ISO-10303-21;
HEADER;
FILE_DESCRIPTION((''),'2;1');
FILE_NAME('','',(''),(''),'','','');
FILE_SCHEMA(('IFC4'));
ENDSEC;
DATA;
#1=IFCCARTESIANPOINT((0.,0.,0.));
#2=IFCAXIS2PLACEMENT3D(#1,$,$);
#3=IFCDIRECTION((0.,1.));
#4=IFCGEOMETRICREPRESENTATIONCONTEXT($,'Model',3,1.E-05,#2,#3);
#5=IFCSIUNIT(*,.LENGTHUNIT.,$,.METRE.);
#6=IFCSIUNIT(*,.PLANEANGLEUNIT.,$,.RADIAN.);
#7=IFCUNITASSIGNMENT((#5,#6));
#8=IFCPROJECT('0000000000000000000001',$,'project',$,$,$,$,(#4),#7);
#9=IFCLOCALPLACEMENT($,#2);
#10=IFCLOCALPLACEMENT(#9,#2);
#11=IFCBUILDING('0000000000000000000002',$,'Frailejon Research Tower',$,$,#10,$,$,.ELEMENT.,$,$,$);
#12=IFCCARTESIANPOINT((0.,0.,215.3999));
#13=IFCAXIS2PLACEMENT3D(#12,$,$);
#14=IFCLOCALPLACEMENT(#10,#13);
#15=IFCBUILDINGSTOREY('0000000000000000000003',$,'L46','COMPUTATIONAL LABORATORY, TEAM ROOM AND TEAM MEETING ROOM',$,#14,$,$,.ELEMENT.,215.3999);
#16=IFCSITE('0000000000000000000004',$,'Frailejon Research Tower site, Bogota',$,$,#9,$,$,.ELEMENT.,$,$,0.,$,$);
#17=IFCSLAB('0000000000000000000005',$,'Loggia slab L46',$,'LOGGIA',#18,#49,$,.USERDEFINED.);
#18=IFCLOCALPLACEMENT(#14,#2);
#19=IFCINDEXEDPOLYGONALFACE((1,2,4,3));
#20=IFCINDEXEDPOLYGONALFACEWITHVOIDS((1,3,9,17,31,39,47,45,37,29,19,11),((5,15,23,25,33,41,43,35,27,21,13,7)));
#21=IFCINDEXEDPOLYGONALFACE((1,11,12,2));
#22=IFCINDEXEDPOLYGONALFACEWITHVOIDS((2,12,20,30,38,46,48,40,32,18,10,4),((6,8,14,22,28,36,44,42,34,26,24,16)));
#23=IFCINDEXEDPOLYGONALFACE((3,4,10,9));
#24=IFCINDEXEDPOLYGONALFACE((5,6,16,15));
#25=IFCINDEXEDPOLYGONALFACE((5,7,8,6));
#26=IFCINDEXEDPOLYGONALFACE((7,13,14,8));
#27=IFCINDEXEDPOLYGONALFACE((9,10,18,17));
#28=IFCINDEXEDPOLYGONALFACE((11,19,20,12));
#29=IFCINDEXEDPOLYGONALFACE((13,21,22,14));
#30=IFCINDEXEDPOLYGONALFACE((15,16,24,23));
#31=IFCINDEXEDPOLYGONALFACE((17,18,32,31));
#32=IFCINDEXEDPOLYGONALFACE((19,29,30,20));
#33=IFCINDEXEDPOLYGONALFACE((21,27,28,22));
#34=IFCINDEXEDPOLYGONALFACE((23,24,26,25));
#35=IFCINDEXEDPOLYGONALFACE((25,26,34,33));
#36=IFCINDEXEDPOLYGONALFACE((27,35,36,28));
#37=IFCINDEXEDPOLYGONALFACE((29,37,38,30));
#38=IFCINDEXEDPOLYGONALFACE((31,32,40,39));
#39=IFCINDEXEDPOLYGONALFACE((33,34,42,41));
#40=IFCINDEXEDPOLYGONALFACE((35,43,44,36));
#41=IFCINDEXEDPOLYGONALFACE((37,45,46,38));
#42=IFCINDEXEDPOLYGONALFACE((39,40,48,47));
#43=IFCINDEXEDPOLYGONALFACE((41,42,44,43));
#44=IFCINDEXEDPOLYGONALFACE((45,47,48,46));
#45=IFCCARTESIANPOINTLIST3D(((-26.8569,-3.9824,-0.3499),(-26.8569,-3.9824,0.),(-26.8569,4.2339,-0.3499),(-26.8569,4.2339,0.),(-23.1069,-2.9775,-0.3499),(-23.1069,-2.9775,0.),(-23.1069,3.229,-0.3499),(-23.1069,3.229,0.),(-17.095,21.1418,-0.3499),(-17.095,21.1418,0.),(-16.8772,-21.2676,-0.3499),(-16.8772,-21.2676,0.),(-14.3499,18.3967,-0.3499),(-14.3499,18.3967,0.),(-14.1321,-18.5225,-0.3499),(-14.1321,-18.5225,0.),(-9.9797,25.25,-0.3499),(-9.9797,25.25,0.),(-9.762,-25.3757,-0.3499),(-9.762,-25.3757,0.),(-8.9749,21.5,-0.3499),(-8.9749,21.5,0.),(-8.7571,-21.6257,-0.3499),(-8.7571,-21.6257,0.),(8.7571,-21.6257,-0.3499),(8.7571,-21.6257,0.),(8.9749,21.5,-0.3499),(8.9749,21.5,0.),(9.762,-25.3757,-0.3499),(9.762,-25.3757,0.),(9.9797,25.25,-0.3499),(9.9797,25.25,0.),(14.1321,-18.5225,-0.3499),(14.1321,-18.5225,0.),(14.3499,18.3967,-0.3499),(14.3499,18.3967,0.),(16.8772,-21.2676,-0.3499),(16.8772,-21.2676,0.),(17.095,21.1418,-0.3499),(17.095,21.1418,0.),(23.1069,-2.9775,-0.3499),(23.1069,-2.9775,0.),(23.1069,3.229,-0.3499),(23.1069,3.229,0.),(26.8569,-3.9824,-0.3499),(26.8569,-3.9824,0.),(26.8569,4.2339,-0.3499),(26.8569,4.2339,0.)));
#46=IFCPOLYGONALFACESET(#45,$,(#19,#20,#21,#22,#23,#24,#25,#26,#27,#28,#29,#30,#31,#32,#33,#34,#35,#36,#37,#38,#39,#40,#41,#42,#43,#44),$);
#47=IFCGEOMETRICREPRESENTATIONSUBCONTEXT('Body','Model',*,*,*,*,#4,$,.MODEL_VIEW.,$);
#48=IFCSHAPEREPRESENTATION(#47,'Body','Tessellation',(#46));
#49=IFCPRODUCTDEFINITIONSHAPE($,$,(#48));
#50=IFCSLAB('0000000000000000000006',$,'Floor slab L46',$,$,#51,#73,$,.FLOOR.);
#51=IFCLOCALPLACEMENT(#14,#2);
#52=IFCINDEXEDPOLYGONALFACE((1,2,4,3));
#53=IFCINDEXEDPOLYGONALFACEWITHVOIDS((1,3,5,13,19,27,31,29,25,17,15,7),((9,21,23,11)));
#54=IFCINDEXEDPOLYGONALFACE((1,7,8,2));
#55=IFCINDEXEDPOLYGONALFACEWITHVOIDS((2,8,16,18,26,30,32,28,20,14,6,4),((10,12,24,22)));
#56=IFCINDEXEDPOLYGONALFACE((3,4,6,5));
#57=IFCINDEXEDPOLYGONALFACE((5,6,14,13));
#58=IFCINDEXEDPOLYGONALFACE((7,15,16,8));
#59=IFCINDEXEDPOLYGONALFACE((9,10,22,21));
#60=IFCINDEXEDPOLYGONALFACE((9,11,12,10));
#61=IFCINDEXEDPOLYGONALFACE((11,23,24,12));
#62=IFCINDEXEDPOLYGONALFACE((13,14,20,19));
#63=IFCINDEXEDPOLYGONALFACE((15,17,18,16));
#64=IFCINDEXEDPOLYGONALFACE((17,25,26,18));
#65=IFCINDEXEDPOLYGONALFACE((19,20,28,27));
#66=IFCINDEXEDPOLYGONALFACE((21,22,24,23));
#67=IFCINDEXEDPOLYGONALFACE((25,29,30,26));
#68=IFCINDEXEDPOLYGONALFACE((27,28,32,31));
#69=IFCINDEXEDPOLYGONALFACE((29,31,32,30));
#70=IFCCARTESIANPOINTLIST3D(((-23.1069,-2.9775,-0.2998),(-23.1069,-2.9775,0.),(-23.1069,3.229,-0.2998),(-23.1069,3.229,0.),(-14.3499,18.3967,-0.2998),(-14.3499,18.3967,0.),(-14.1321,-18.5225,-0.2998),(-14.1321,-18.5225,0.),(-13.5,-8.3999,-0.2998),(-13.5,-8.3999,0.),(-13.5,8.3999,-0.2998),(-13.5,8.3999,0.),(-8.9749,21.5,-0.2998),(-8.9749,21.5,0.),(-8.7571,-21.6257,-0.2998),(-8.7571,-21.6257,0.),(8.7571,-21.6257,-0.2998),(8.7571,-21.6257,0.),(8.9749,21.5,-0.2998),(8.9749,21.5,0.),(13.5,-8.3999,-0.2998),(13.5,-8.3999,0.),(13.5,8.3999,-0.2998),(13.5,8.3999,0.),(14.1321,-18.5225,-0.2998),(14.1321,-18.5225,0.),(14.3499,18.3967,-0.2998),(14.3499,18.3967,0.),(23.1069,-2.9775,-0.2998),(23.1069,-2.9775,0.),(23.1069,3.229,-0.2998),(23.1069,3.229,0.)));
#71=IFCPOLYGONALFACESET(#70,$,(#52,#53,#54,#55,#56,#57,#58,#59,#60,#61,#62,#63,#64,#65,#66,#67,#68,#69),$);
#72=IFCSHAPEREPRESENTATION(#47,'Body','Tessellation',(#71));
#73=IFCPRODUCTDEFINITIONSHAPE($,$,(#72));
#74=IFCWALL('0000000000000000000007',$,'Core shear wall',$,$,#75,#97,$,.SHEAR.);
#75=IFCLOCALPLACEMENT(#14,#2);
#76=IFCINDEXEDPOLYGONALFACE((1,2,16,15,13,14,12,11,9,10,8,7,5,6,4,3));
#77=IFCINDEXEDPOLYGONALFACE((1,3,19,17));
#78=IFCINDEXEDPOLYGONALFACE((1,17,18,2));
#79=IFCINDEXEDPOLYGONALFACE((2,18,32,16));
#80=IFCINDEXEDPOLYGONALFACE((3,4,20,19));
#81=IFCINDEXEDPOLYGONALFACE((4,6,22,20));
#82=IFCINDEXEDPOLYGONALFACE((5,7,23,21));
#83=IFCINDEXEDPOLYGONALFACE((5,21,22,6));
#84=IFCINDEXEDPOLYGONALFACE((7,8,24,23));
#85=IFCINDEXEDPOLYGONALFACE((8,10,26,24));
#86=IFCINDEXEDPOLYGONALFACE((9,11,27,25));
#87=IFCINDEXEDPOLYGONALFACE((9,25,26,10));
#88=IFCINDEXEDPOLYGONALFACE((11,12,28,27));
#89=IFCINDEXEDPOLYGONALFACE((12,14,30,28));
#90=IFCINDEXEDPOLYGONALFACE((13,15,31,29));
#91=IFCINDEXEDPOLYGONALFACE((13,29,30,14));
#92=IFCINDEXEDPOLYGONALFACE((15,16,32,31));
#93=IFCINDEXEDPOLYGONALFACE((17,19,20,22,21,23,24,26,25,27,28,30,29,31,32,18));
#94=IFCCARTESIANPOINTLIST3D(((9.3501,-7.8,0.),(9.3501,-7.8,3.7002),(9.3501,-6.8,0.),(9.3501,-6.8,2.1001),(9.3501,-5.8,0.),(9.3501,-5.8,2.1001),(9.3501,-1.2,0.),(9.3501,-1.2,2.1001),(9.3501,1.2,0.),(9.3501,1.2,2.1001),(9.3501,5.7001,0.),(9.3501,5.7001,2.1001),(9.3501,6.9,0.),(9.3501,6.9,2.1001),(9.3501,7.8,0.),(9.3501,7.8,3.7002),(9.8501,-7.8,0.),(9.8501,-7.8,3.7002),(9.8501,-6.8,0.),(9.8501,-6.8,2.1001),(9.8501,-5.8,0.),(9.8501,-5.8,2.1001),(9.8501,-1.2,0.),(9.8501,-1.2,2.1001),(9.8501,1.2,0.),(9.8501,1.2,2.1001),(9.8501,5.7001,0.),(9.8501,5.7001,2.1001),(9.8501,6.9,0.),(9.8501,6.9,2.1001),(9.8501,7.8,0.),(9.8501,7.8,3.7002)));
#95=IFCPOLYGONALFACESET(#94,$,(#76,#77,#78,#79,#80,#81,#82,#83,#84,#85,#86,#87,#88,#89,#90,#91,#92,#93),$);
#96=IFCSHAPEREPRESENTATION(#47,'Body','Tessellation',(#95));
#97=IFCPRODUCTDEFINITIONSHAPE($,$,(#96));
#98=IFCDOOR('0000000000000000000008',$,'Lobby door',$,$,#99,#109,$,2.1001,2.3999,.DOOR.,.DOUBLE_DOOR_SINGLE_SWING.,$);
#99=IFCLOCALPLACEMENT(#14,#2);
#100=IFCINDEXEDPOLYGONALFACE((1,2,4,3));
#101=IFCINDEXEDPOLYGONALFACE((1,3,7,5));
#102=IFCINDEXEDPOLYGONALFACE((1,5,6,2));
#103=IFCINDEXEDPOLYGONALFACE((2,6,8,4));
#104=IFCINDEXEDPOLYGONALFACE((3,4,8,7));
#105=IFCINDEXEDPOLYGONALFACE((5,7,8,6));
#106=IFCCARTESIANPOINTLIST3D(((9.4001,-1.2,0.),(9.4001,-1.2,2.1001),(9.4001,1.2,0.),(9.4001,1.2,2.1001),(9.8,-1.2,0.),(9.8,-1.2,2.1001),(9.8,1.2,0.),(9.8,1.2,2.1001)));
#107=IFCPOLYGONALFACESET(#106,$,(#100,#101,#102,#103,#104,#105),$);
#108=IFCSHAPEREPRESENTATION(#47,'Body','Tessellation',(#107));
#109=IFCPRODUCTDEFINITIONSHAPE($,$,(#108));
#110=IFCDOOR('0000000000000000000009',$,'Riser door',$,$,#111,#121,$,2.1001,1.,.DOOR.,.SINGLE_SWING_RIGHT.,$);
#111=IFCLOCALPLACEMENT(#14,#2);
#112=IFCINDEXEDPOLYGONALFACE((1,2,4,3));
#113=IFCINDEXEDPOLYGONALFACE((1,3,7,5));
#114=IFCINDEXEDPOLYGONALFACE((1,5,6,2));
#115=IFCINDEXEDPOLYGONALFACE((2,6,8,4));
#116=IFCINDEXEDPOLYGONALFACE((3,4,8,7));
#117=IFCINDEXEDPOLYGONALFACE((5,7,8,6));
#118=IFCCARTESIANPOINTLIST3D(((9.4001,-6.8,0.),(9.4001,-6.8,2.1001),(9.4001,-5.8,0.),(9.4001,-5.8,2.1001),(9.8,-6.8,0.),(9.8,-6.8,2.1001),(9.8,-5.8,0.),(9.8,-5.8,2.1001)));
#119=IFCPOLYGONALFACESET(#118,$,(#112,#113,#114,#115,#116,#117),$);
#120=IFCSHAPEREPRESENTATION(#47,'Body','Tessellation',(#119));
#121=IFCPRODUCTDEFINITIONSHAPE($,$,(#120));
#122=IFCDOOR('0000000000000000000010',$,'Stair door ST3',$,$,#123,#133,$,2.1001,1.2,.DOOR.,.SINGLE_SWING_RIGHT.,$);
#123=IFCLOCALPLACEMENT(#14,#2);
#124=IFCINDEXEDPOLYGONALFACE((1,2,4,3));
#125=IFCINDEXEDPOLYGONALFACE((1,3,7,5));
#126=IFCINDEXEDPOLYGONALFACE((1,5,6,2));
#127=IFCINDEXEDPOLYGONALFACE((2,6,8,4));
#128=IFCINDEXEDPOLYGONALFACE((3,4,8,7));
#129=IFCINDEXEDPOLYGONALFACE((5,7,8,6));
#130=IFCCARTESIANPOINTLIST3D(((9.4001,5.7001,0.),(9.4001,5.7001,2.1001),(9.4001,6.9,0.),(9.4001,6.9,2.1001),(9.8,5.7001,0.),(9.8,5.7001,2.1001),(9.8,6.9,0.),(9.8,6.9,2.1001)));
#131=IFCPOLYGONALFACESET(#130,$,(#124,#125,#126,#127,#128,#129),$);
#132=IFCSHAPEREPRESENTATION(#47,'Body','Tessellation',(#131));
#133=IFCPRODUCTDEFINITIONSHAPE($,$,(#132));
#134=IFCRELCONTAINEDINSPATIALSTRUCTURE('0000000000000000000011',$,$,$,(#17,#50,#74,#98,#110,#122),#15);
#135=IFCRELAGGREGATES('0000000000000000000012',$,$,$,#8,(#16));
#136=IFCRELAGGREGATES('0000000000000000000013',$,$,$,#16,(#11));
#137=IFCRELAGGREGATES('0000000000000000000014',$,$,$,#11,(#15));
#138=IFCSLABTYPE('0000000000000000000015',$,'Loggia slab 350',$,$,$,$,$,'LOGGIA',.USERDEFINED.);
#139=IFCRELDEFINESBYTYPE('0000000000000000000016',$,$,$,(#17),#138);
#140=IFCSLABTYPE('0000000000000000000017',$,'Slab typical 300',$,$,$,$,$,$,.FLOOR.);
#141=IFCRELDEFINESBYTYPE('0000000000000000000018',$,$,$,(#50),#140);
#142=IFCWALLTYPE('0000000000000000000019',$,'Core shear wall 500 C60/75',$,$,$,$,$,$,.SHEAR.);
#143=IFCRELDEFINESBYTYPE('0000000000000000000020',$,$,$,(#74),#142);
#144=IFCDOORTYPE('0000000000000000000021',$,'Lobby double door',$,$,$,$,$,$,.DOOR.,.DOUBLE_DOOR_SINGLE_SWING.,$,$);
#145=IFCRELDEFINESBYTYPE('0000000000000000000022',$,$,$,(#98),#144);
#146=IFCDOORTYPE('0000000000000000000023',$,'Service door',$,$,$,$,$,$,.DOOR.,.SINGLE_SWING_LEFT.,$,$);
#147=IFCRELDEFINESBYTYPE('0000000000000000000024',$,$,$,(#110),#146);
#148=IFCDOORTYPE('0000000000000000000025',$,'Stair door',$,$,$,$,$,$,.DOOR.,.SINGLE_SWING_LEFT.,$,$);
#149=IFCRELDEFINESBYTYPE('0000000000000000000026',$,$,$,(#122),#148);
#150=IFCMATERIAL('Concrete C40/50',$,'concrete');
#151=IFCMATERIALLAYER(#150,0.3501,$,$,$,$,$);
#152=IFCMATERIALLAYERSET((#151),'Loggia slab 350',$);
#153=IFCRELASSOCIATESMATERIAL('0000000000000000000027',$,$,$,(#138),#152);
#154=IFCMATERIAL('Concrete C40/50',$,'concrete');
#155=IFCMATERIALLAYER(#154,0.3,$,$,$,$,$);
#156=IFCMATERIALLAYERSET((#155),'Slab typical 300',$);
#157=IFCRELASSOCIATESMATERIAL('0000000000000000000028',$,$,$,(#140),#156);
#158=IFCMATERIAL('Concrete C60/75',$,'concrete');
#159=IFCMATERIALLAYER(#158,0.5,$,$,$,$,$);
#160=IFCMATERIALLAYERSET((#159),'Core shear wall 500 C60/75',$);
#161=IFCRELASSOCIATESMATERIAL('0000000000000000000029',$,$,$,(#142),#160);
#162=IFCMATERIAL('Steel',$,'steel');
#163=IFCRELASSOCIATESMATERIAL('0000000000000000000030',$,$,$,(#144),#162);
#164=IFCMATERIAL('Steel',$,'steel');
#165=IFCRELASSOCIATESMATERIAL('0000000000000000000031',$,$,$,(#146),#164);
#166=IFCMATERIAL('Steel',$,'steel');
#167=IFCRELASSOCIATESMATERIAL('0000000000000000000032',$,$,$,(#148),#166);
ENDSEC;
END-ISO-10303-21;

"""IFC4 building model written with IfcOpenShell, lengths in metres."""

from ifc_helpers import new_model, si_unit, direction, frame, frame_2d, origin, place, context, subcontext, project, spatial, polyline, rectangle, outline, extrude, material, layer, layer_set, type_object, element, fill, save


model = new_model("IFC4")

# Units and contexts
model_context = context("Model", 3, precision=1e-05, world=origin(), true_north=direction((0.0, 1.0)))
body_context = subcontext(model_context, "Body", "Model", "MODEL_VIEW")
ifc_project = project(units=[si_unit("LENGTHUNIT", "METRE"), si_unit("PLANEANGLEUNIT", "RADIAN")], contexts=[model_context])

# Site, building, storey
site_placement = place(None, origin())
site = spatial("IfcSite", under=ifc_project, at=site_placement, Name="Frailejon Research Tower site, Bogota", CompositionType="ELEMENT", RefElevation=0.0)
building_placement = place(site_placement, origin())
building = spatial("IfcBuilding", under=site, at=building_placement, Name="Frailejon Research Tower", CompositionType="ELEMENT")
storey_placement = place(building_placement, frame((0.0, 0.0, 215.3999)))
storey = spatial("IfcBuildingStorey", under=building, at=storey_placement, Name="L46", Description="COMPUTATIONAL LABORATORY, TEAM ROOM AND TEAM MEETING ROOM", CompositionType="ELEMENT", Elevation=215.3999)

# Slabs
ifc_material_1 = material(Name="Concrete C40/50", Category="concrete")
ifc_layer_1 = layer(ifc_material_1, 0.3501)
ifc_layer_set_1 = layer_set([ifc_layer_1], Name="Loggia slab 350")
slab_type_1 = type_object("IfcSlabType", Name="Loggia slab 350", ElementType="LOGGIA", PredefinedType="USERDEFINED", material=ifc_layer_set_1)
slab_1_placement = place(storey_placement, frame((0.0, 0.0, -0.3499)))
element("IfcSlab", 1, at=slab_1_placement, inside=storey, type_object=slab_type_1, Name="Loggia slab L46", ObjectType="LOGGIA", PredefinedType="USERDEFINED", context=body_context, shape_type="SweptSolid", body=[
    extrude(outline(polyline([(16.8772, -21.2676), (9.762, -25.3757), (-9.762, -25.3757), (-16.8772, -21.2676), (-26.8569, -3.9824), (-26.8569, 4.2339), (-17.095, 21.1418), (-9.9797, 25.25), (9.9797, 25.25), (17.095, 21.1418), (26.8569, 4.2339), (26.8569, -3.9824), (16.8772, -21.2676)]), holes=[polyline([(23.1069, 3.229), (14.3499, 18.3967), (8.9749, 21.5), (-8.9749, 21.5), (-14.3499, 18.3967), (-23.1069, 3.229), (-23.1069, -2.9775), (-14.1321, -18.5225), (-8.7571, -21.6257), (8.7571, -21.6257), (14.1321, -18.5225), (23.1069, -2.9775), (23.1069, 3.229)])]), origin(), (0.0, 0.0, 1.0), 0.3499),
])
ifc_material_2 = material(Name="Concrete C40/50", Category="concrete")
ifc_layer_2 = layer(ifc_material_2, 0.3)
ifc_layer_set_2 = layer_set([ifc_layer_2], Name="Slab typical 300")
slab_type_2 = type_object("IfcSlabType", Name="Slab typical 300", PredefinedType="FLOOR", material=ifc_layer_set_2)
slab_2_placement = place(storey_placement, frame((0.0, 0.0, -0.2998)))
element("IfcSlab", 2, at=slab_2_placement, inside=storey, type_object=slab_type_2, Name="Floor slab L46", PredefinedType="FLOOR", context=body_context, shape_type="SweptSolid", body=[
    extrude(outline(polyline([(23.1069, -2.9775), (23.1069, 3.229), (14.3499, 18.3967), (8.9749, 21.5), (-8.9749, 21.5), (-14.3499, 18.3967), (-23.1069, 3.229), (-23.1069, -2.9775), (-14.1321, -18.5225), (-8.7571, -21.6257), (8.7571, -21.6257), (14.1321, -18.5225), (23.1069, -2.9775)]), holes=[polyline([(13.5, -8.3999), (-13.5, -8.3999), (-13.5, 8.3999), (13.5, 8.3999), (13.5, -8.3999)])]), origin(), (0.0, 0.0, 1.0), 0.2998),
])

# Wall, openings, doors
ifc_material_3 = material(Name="Concrete C60/75", Category="concrete")
ifc_layer_3 = layer(ifc_material_3, 0.5)
ifc_layer_set_3 = layer_set([ifc_layer_3], Name="Core shear wall 500 C60/75")
wall_type_1 = type_object("IfcWallType", Name="Core shear wall 500 C60/75", PredefinedType="SHEAR", material=ifc_layer_set_3)
wall_1_placement = place(storey_placement, frame((9.6001, -7.8, 0.0), z_axis=(0.0, 0.0, 1.0), x_axis=(0.0, 1.0, 0.0)))
wall_1 = element("IfcWall", 3, at=wall_1_placement, inside=storey, type_object=wall_type_1, Name="Core shear wall", PredefinedType="SHEAR", context=body_context, shape_type="SweptSolid", body=[
    extrude(rectangle(XDim=15.6001, YDim=0.5, at=frame_2d((7.8, 0.0))), origin(), (0.0, 0.0, 1.0), 3.7002),
])
opening_1_placement = place(wall_1_placement, frame((6.6001, 0.0, 0.0)))
opening_1 = element("IfcOpeningElement", 4, at=opening_1_placement, cuts=wall_1, PredefinedType="OPENING", context=body_context, shape_type="SweptSolid", body=[
    extrude(rectangle(XDim=2.3999, YDim=2.1001, at=frame_2d((1.2, 1.05))), frame((0.0, 0.26, 0.0), z_axis=(0.0, -1.0, 0.0), x_axis=(1.0, 0.0, 0.0)), (0.0, 0.0, 1.0), 0.52),
])
opening_2_placement = place(wall_1_placement, frame((13.5, 0.0, 0.0)))
opening_2 = element("IfcOpeningElement", 5, at=opening_2_placement, cuts=wall_1, PredefinedType="OPENING", context=body_context, shape_type="SweptSolid", body=[
    extrude(rectangle(XDim=1.2, YDim=2.1001, at=frame_2d((0.6001, 1.05))), frame((0.0, 0.26, 0.0), z_axis=(0.0, -1.0, 0.0), x_axis=(1.0, 0.0, 0.0)), (0.0, 0.0, 1.0), 0.52),
])
opening_3_placement = place(wall_1_placement, frame((1.0, 0.0, 0.0)))
opening_3 = element("IfcOpeningElement", 6, at=opening_3_placement, cuts=wall_1, PredefinedType="OPENING", context=body_context, shape_type="SweptSolid", body=[
    extrude(rectangle(XDim=1.0, YDim=2.1001, at=frame_2d((0.5, 1.05))), frame((0.0, 0.26, 0.0), z_axis=(0.0, -1.0, 0.0), x_axis=(1.0, 0.0, 0.0)), (0.0, 0.0, 1.0), 0.52),
])
ifc_material_4 = material(Name="Steel", Category="steel")
door_type_1 = type_object("IfcDoorType", Name="Lobby double door", OperationType="DOUBLE_DOOR_SINGLE_SWING", PredefinedType="DOOR", material=ifc_material_4)
door_1_placement = place(opening_1_placement, origin())
door_1 = element("IfcDoor", 7, at=door_1_placement, inside=storey, type_object=door_type_1, Name="Lobby door", OperationType="DOUBLE_DOOR_SINGLE_SWING", OverallHeight=2.1001, OverallWidth=2.3999, PredefinedType="DOOR", context=body_context, shape_type="SweptSolid", body=[
    extrude(rectangle(XDim=2.3999, YDim=2.1001, at=frame_2d((1.2, 1.05))), frame((0.0, 0.2, 0.0), z_axis=(0.0, -1.0, 0.0), x_axis=(1.0, 0.0, 0.0)), (0.0, 0.0, 1.0), 0.3999),
])
fill(opening_1, door_1)
ifc_material_5 = material(Name="Steel", Category="steel")
door_type_2 = type_object("IfcDoorType", Name="Service door", OperationType="SINGLE_SWING_LEFT", PredefinedType="DOOR", material=ifc_material_5)
door_2_placement = place(opening_3_placement, origin())
door_2 = element("IfcDoor", 8, at=door_2_placement, inside=storey, type_object=door_type_2, Name="Riser door", OperationType="SINGLE_SWING_RIGHT", OverallHeight=2.1001, OverallWidth=1.0, PredefinedType="DOOR", context=body_context, shape_type="SweptSolid", body=[
    extrude(rectangle(XDim=1.0, YDim=2.1001, at=frame_2d((0.5, 1.05))), frame((0.0, 0.2, 0.0), z_axis=(0.0, -1.0, 0.0), x_axis=(1.0, 0.0, 0.0)), (0.0, 0.0, 1.0), 0.3999),
])
fill(opening_3, door_2)
ifc_material_6 = material(Name="Steel", Category="steel")
door_type_3 = type_object("IfcDoorType", Name="Stair door", OperationType="SINGLE_SWING_LEFT", PredefinedType="DOOR", material=ifc_material_6)
door_3_placement = place(opening_2_placement, origin())
door_3 = element("IfcDoor", 9, at=door_3_placement, inside=storey, type_object=door_type_3, Name="Stair door ST3", OperationType="SINGLE_SWING_RIGHT", OverallHeight=2.1001, OverallWidth=1.2, PredefinedType="DOOR", context=body_context, shape_type="SweptSolid", body=[
    extrude(rectangle(XDim=1.2, YDim=2.1001, at=frame_2d((0.6001, 1.05))), frame((0.0, 0.2, 0.0), z_axis=(0.0, -1.0, 0.0), x_axis=(1.0, 0.0, 0.0)), (0.0, 0.0, 1.0), 0.3999),
])
fill(opening_2, door_3)

save(model, "model.ifc")
